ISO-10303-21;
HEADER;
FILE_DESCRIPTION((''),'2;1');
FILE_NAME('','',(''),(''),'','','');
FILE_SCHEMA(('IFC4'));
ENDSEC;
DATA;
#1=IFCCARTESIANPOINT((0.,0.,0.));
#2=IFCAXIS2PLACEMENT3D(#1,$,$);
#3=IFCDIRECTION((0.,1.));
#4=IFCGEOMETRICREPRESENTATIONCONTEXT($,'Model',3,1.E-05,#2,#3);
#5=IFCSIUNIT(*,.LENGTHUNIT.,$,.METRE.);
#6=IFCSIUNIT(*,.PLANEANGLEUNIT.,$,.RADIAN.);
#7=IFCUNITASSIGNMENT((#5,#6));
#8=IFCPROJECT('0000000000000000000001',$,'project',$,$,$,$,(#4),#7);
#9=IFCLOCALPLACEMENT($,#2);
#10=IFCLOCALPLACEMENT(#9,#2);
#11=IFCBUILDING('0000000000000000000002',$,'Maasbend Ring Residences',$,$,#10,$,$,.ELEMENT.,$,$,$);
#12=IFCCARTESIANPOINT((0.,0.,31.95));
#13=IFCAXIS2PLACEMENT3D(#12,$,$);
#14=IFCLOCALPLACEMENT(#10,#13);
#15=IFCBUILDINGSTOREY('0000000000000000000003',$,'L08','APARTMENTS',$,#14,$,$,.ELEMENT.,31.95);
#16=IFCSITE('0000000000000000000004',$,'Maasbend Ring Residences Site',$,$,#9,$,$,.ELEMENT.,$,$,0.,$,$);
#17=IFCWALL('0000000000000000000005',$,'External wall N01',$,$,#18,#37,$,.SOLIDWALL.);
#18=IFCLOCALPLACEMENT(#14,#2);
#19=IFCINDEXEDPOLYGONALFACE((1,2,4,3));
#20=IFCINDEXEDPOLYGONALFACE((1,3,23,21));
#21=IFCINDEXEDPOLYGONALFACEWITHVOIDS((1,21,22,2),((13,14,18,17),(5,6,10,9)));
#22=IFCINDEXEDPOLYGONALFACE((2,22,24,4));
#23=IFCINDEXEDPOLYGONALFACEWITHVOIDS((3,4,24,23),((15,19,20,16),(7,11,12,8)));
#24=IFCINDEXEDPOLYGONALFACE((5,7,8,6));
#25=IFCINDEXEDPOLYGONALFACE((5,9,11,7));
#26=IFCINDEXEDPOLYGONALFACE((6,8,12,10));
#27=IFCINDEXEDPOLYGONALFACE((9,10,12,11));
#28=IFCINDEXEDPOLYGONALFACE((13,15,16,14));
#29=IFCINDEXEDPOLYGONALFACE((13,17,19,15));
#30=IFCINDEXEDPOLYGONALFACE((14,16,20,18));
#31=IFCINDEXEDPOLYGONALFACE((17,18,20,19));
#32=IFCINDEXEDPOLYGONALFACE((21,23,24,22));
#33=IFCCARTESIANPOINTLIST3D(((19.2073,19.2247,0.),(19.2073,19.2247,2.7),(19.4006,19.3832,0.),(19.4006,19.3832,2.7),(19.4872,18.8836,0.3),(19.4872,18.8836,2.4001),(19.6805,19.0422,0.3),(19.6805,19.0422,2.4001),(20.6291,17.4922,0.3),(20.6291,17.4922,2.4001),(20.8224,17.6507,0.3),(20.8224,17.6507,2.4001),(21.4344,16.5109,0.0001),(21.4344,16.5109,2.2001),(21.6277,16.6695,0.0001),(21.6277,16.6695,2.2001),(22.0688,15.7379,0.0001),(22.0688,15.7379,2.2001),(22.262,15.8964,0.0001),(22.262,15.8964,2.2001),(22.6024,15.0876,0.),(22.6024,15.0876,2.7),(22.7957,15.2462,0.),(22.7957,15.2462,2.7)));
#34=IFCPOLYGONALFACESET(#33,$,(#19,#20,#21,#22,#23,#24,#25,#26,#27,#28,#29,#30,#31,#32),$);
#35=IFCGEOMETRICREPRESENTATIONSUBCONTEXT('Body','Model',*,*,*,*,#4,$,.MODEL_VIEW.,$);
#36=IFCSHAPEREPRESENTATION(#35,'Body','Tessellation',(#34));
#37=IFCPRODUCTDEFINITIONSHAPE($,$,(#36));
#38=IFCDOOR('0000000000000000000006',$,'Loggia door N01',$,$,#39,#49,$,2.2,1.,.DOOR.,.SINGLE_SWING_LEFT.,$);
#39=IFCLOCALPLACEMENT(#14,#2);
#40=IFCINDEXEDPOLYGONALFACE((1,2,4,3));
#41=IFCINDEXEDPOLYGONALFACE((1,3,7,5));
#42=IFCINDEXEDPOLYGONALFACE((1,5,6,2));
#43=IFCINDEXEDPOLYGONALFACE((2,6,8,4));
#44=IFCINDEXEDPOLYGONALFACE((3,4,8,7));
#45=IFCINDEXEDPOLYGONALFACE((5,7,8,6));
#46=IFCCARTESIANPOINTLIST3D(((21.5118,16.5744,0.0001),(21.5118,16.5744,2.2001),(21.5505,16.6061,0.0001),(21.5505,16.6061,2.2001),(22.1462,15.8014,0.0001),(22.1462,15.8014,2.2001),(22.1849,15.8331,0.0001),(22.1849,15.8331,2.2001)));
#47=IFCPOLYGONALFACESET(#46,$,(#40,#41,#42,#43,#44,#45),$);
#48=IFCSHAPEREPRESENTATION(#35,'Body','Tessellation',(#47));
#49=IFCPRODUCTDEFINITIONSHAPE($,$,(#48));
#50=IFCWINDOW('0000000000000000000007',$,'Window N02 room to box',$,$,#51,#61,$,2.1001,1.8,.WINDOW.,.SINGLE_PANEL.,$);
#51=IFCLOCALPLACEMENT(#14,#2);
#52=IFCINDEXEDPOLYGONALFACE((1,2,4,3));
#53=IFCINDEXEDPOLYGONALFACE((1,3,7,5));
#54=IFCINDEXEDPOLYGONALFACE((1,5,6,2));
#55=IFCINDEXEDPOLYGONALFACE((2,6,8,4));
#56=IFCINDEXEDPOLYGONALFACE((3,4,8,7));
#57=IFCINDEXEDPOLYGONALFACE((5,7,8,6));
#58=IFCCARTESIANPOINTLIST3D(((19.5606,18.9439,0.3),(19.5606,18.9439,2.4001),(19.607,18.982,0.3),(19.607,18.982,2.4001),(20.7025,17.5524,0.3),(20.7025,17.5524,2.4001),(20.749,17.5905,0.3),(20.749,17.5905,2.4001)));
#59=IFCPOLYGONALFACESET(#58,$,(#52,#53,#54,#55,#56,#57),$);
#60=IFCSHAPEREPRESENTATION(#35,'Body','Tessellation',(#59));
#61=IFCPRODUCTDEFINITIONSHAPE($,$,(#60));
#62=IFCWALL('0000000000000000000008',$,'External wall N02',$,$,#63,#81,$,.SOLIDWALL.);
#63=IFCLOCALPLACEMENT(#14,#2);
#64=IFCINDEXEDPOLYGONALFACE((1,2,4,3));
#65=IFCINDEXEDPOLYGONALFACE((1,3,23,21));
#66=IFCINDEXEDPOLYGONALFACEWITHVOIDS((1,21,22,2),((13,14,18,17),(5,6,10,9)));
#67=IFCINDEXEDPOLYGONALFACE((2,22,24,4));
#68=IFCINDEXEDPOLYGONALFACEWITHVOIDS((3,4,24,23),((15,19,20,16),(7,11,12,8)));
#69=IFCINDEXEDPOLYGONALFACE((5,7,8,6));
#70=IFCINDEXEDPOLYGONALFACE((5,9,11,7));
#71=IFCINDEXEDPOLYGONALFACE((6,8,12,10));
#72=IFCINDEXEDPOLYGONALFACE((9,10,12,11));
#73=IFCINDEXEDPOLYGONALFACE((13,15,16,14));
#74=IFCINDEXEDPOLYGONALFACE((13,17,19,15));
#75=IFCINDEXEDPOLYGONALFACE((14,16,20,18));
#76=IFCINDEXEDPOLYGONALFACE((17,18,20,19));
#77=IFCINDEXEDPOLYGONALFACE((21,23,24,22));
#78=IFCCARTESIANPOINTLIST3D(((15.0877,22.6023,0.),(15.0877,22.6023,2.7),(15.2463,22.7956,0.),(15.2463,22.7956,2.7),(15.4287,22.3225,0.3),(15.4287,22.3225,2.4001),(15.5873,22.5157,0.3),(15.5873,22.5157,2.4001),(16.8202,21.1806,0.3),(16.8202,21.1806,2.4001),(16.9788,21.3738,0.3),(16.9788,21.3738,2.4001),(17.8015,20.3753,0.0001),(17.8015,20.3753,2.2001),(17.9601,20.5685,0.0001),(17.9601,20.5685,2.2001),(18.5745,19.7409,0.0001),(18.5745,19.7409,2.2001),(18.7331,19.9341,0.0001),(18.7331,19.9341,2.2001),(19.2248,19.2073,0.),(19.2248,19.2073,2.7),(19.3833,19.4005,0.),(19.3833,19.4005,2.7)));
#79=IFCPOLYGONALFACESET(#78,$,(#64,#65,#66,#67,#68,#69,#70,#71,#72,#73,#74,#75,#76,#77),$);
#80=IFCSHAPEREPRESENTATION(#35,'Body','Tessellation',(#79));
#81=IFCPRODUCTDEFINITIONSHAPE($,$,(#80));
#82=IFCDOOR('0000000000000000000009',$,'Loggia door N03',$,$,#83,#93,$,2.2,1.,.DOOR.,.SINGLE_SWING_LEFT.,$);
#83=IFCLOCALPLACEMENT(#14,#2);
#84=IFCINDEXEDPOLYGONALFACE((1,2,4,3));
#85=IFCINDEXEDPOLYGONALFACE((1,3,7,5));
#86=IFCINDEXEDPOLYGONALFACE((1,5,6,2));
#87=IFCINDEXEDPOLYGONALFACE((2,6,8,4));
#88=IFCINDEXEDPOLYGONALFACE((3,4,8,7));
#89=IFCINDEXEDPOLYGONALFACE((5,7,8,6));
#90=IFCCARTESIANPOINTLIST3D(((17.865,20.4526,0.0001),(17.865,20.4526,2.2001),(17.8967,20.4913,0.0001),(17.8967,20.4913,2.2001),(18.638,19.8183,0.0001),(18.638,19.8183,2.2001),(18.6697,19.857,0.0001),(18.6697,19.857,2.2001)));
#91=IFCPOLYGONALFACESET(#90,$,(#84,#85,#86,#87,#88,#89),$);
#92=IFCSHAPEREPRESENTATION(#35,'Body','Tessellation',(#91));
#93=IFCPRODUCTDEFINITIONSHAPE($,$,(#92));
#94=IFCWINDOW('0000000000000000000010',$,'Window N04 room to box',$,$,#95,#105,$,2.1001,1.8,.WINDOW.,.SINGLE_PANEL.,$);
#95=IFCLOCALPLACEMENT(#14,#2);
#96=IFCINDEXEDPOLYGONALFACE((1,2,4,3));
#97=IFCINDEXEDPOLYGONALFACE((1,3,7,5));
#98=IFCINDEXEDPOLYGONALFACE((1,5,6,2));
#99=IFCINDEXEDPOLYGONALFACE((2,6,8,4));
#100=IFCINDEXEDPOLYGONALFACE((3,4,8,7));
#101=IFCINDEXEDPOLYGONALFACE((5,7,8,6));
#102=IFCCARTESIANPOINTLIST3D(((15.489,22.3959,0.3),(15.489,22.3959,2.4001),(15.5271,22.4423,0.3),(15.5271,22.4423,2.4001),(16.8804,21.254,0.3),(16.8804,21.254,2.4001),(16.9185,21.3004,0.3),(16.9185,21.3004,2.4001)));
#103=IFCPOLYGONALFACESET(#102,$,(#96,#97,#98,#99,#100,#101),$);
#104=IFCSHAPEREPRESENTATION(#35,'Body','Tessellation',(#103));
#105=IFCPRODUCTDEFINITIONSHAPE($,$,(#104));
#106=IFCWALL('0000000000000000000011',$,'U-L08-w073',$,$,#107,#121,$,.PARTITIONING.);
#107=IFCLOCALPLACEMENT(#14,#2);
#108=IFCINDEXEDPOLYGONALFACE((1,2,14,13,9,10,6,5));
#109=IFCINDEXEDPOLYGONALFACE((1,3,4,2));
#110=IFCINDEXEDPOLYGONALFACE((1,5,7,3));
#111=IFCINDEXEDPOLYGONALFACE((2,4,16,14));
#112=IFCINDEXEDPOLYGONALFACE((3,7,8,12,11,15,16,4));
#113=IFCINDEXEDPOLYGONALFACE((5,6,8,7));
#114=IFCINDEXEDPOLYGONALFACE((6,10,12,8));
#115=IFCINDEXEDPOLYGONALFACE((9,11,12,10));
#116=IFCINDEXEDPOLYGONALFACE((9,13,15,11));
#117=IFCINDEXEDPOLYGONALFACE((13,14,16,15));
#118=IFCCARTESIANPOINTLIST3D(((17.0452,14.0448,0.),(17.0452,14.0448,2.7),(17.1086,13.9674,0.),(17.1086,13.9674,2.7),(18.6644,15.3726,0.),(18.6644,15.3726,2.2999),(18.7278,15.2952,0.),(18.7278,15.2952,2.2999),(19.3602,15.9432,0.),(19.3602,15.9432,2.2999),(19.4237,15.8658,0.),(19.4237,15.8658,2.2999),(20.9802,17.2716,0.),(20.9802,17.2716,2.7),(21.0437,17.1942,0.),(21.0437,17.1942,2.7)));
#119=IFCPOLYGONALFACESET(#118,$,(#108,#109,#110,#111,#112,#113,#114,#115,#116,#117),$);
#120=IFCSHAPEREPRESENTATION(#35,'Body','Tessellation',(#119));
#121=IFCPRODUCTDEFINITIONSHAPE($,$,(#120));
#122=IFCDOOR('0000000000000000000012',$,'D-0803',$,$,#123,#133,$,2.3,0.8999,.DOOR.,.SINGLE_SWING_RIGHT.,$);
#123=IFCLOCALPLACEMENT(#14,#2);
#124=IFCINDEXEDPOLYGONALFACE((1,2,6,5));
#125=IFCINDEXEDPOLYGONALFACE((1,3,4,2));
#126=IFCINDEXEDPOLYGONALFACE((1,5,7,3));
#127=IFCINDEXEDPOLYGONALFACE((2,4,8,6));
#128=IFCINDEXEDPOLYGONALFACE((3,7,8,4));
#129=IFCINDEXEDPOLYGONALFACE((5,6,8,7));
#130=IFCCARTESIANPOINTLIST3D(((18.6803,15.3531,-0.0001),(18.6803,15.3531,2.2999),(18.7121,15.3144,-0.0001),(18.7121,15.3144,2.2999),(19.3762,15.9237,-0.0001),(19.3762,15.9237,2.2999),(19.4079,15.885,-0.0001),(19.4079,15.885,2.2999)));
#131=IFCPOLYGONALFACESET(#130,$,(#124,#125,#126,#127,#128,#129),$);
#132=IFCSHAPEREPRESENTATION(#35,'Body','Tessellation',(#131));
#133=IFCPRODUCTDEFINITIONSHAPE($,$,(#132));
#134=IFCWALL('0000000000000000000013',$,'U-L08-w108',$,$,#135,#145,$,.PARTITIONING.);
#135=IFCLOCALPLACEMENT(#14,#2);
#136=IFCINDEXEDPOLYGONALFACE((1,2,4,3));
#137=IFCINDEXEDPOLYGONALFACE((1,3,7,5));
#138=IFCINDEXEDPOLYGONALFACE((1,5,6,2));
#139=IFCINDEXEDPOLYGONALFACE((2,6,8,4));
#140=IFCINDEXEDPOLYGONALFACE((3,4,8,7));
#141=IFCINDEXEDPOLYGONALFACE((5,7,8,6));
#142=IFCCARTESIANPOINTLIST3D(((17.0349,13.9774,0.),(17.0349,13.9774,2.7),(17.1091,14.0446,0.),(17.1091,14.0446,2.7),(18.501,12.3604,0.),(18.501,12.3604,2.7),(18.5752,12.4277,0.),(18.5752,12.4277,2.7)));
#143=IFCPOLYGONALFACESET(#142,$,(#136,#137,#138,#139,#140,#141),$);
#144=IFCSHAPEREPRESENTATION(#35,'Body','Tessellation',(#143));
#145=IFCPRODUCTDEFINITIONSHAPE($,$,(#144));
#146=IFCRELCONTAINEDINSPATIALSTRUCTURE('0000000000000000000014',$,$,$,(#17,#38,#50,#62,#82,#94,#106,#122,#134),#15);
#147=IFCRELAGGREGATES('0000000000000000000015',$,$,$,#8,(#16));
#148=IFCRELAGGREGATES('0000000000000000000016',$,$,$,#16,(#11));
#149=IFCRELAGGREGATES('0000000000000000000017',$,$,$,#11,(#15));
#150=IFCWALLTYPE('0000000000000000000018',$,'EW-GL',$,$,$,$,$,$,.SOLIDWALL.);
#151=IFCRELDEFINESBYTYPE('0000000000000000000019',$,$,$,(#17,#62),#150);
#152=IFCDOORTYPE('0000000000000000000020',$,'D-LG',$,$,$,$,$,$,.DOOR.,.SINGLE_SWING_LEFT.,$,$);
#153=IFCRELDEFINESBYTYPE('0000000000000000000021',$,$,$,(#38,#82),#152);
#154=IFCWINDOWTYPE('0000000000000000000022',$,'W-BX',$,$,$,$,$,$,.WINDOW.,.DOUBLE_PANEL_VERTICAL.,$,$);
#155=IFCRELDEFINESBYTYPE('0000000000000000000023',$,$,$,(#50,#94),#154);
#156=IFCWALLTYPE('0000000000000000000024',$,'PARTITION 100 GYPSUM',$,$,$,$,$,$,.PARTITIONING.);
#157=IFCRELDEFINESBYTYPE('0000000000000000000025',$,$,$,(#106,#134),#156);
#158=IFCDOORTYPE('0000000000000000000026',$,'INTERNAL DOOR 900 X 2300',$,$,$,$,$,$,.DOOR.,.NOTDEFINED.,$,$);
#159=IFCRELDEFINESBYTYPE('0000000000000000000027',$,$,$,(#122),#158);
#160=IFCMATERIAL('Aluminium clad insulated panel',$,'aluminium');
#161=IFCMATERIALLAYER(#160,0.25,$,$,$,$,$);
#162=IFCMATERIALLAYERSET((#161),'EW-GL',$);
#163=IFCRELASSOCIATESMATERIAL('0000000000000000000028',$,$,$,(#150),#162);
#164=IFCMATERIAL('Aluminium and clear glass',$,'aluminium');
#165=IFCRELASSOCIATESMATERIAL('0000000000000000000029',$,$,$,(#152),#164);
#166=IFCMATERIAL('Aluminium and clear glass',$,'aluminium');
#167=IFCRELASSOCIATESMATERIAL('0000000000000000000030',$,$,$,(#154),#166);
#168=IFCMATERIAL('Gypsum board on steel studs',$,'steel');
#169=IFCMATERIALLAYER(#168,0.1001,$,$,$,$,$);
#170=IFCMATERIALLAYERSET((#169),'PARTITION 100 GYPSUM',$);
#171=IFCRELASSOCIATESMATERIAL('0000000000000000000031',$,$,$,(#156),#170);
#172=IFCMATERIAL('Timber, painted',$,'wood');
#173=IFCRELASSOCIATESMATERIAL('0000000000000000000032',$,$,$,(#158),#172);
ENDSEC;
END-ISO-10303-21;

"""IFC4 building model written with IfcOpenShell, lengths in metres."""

from ifc_helpers import new_model, si_unit, direction, frame, frame_2d, origin, place, context, subcontext, project, spatial, rectangle, extrude, material, layer, layer_set, type_object, element, fill, save


model = new_model("IFC4")

# Units and contexts
model_context = context("Model", 3, precision=1e-05, world=origin(), true_north=direction((0.0, 1.0)))
body_context = subcontext(model_context, "Body", "Model", "MODEL_VIEW")
ifc_project = project(units=[si_unit("LENGTHUNIT", "METRE"), si_unit("PLANEANGLEUNIT", "RADIAN")], contexts=[model_context])

# Site, building, storey
site_placement = place(None, origin())
site = spatial("IfcSite", under=ifc_project, at=site_placement, Name="Maasbend Ring Residences Site", CompositionType="ELEMENT", RefElevation=0.0)
building_placement = place(site_placement, origin())
building = spatial("IfcBuilding", under=site, at=building_placement, Name="Maasbend Ring Residences", CompositionType="ELEMENT")
storey_placement = place(building_placement, frame((0.0, 0.0, 31.95)))
storey = spatial("IfcBuildingStorey", under=building, at=storey_placement, Name="L08", Description="APARTMENTS", CompositionType="ELEMENT", Elevation=31.95)

# Walls, openings, doors, windows
ifc_material_1 = material(Name="Aluminium clad insulated panel", Category="aluminium")
ifc_layer_1 = layer(ifc_material_1, 0.25)
ifc_layer_set_1 = layer_set([ifc_layer_1], Name="EW-GL")
wall_type_1 = type_object("IfcWallType", Name="EW-GL", PredefinedType="SOLIDWALL", material=ifc_layer_set_1)
wall_1_placement = place(storey_placement, frame((22.699, 15.167, 0.0), z_axis=(0.0, 0.0, 1.0), x_axis=(-0.634382, 0.773019, 0.0)))
wall_1 = element("IfcWall", 1, at=wall_1_placement, inside=storey, type_object=wall_type_1, Name="External wall N01", PredefinedType="SOLIDWALL", context=body_context, shape_type="SweptSolid", body=[
    extrude(rectangle(XDim=5.3518, YDim=0.25, at=frame_2d((2.6758, 0.0))), origin(), (0.0, 0.0, 1.0), 2.7),
])
opening_1_placement = place(wall_1_placement, frame((0.8411, 0.0, 0.0)))
opening_1 = element("IfcOpeningElement", 2, at=opening_1_placement, cuts=wall_1, PredefinedType="OPENING", context=body_context, shape_type="SweptSolid", body=[
    extrude(rectangle(XDim=1.0, YDim=2.2, at=frame_2d((0.5, 1.1001))), frame((0.0, 0.135, 0.0), z_axis=(0.0, -1.0, 0.0), x_axis=(1.0, 0.0, 0.0)), (0.0, 0.0, 1.0), 0.27),
])
opening_2_placement = place(wall_1_placement, frame((3.1106, 0.0, 0.3)))
opening_2 = element("IfcOpeningElement", 3, at=opening_2_placement, cuts=wall_1, PredefinedType="OPENING", context=body_context, shape_type="SweptSolid", body=[
    extrude(rectangle(XDim=1.8, YDim=2.1001, at=frame_2d((0.8999, 1.05))), frame((0.0, 0.135, 0.0), z_axis=(0.0, -1.0, 0.0), x_axis=(1.0, 0.0, 0.0)), (0.0, 0.0, 1.0), 0.27),
])
ifc_material_2 = material(Name="Aluminium and clear glass", Category="aluminium")
door_type_1 = type_object("IfcDoorType", Name="D-LG", OperationType="SINGLE_SWING_LEFT", PredefinedType="DOOR", material=ifc_material_2)
door_1_placement = place(opening_1_placement, origin())
door_1 = element("IfcDoor", 4, at=door_1_placement, inside=storey, type_object=door_type_1, Name="Loggia door N01", OperationType="SINGLE_SWING_LEFT", OverallHeight=2.2, OverallWidth=1.0, PredefinedType="DOOR", context=body_context, shape_type="SweptSolid", body=[
    extrude(rectangle(XDim=1.0, YDim=2.2, at=frame_2d((0.5, 1.1001))), frame((0.0, 0.0249, 0.0), z_axis=(0.0, -1.0, 0.0), x_axis=(1.0, 0.0, 0.0)), (0.0, 0.0, 1.0), 0.05),
])
fill(opening_1, door_1)
ifc_material_3 = material(Name="Aluminium and clear glass", Category="aluminium")
window_type_1 = type_object("IfcWindowType", Name="W-BX", PartitioningType="DOUBLE_PANEL_VERTICAL", PredefinedType="WINDOW", material=ifc_material_3)
window_1_placement = place(opening_2_placement, origin())
window_1 = element("IfcWindow", 5, at=window_1_placement, inside=storey, type_object=window_type_1, Name="Window N02 room to box", OverallHeight=2.1001, OverallWidth=1.8, PartitioningType="SINGLE_PANEL", PredefinedType="WINDOW", context=body_context, shape_type="SweptSolid", body=[
    extrude(rectangle(XDim=1.8, YDim=2.1001, at=frame_2d((0.8999, 1.05))), frame((0.0, 0.03, 0.0), z_axis=(0.0, -1.0, 0.0), x_axis=(1.0, 0.0, 0.0)), (0.0, 0.0, 1.0), 0.0601),
])
fill(opening_2, window_1)
wall_2_placement = place(storey_placement, frame((19.304, 19.304, 0.0), z_axis=(0.0, 0.0, 1.0), x_axis=(-0.773019, 0.634382, 0.0)))
wall_2 = element("IfcWall", 6, at=wall_2_placement, inside=storey, type_object=wall_type_1, Name="External wall N02", PredefinedType="SOLIDWALL", context=body_context, shape_type="SweptSolid", body=[
    extrude(rectangle(XDim=5.3518, YDim=0.25, at=frame_2d((2.6758, 0.0))), origin(), (0.0, 0.0, 1.0), 2.7),
])
opening_3_placement = place(wall_2_placement, frame((0.8411, 0.0, 0.0)))
opening_3 = element("IfcOpeningElement", 7, at=opening_3_placement, cuts=wall_2, PredefinedType="OPENING", context=body_context, shape_type="SweptSolid", body=[
    extrude(rectangle(XDim=1.0, YDim=2.2, at=frame_2d((0.5, 1.1001))), frame((0.0, 0.135, 0.0), z_axis=(0.0, -1.0, 0.0), x_axis=(1.0, 0.0, 0.0)), (0.0, 0.0, 1.0), 0.27),
])
opening_4_placement = place(wall_2_placement, frame((3.1106, 0.0, 0.3)))
opening_4 = element("IfcOpeningElement", 8, at=opening_4_placement, cuts=wall_2, PredefinedType="OPENING", context=body_context, shape_type="SweptSolid", body=[
    extrude(rectangle(XDim=1.8, YDim=2.1001, at=frame_2d((0.8999, 1.05))), frame((0.0, 0.135, 0.0), z_axis=(0.0, -1.0, 0.0), x_axis=(1.0, 0.0, 0.0)), (0.0, 0.0, 1.0), 0.27),
])
door_2_placement = place(opening_3_placement, origin())
door_2 = element("IfcDoor", 9, at=door_2_placement, inside=storey, type_object=door_type_1, Name="Loggia door N03", OperationType="SINGLE_SWING_LEFT", OverallHeight=2.2, OverallWidth=1.0, PredefinedType="DOOR", context=body_context, shape_type="SweptSolid", body=[
    extrude(rectangle(XDim=1.0, YDim=2.2, at=frame_2d((0.5, 1.1001))), frame((0.0, 0.0249, 0.0), z_axis=(0.0, -1.0, 0.0), x_axis=(1.0, 0.0, 0.0)), (0.0, 0.0, 1.0), 0.05),
])
fill(opening_3, door_2)
window_2_placement = place(opening_4_placement, origin())
window_2 = element("IfcWindow", 10, at=window_2_placement, inside=storey, type_object=window_type_1, Name="Window N04 room to box", OverallHeight=2.1001, OverallWidth=1.8, PartitioningType="SINGLE_PANEL", PredefinedType="WINDOW", context=body_context, shape_type="SweptSolid", body=[
    extrude(rectangle(XDim=1.8, YDim=2.1001, at=frame_2d((0.8999, 1.05))), frame((0.0, 0.03, 0.0), z_axis=(0.0, -1.0, 0.0), x_axis=(1.0, 0.0, 0.0)), (0.0, 0.0, 1.0), 0.0601),
])
fill(opening_4, window_2)

# Wall, opening, door
ifc_material_4 = material(Name="Gypsum board on steel studs", Category="steel")
ifc_layer_2 = layer(ifc_material_4, 0.1001)
ifc_layer_set_2 = layer_set([ifc_layer_2], Name="PARTITION 100 GYPSUM")
wall_type_2 = type_object("IfcWallType", Name="PARTITION 100 GYPSUM", PredefinedType="PARTITIONING", material=ifc_layer_set_2)
wall_3_placement = place(storey_placement, frame((17.0769, 14.0061, 0.0), z_axis=(0.0, 0.0, 1.0), x_axis=(0.773262, 0.634086, 0.0)))
wall_3 = element("IfcWall", 11, at=wall_3_placement, inside=storey, type_object=wall_type_2, Name="U-L08-w073", PredefinedType="PARTITIONING", context=body_context, shape_type="SweptSolid", body=[
    extrude(rectangle(XDim=5.0889, YDim=0.1001, at=frame_2d((2.5444, 0.0))), origin(), (0.0, 0.0, 1.0), 2.7),
])
opening_5_placement = place(wall_3_placement, frame((2.094, 0.0, 0.0)))
opening_5 = element("IfcOpeningElement", 12, at=opening_5_placement, cuts=wall_3, PredefinedType="OPENING", context=body_context, shape_type="SweptSolid", body=[
    extrude(rectangle(XDim=0.8999, YDim=2.3, at=frame_2d((0.45, 1.1499))), frame((0.0, 0.0601, 0.0), z_axis=(0.0, -1.0, 0.0), x_axis=(1.0, 0.0, 0.0)), (0.0, 0.0, 1.0), 0.1201),
])
ifc_material_5 = material(Name="Timber, painted", Category="wood")
door_type_2 = type_object("IfcDoorType", Name="INTERNAL DOOR 900 X 2300", OperationType="NOTDEFINED", PredefinedType="DOOR", material=ifc_material_5)
door_3_placement = place(opening_5_placement, origin())
door_3 = element("IfcDoor", 13, at=door_3_placement, inside=storey, type_object=door_type_2, Name="D-0803", OperationType="SINGLE_SWING_RIGHT", OverallHeight=2.3, OverallWidth=0.8999, PredefinedType="DOOR", context=body_context, shape_type="SweptSolid", body=[
    extrude(rectangle(XDim=0.8999, YDim=2.3, at=frame_2d((0.45, 1.1499))), frame((0.0, 0.0249, 0.0), z_axis=(0.0, -1.0, 0.0), x_axis=(1.0, 0.0, 0.0)), (0.0, 0.0, 1.0), 0.05),
])
fill(opening_5, door_3)

# Wall
wall_4_placement = place(storey_placement, frame((17.072, 14.011, 0.0), z_axis=(0.0, 0.0, 1.0), x_axis=(0.671698, -0.740825, 0.0)))
element("IfcWall", 14, at=wall_4_placement, inside=storey, type_object=wall_type_2, Name="U-L08-w108", PredefinedType="PARTITIONING", context=body_context, shape_type="SweptSolid", body=[
    extrude(rectangle(XDim=2.1826, YDim=0.1001, at=frame_2d((1.0913, 0.0))), origin(), (0.0, 0.0, 1.0), 2.7),
])

save(model, "model.ifc")
